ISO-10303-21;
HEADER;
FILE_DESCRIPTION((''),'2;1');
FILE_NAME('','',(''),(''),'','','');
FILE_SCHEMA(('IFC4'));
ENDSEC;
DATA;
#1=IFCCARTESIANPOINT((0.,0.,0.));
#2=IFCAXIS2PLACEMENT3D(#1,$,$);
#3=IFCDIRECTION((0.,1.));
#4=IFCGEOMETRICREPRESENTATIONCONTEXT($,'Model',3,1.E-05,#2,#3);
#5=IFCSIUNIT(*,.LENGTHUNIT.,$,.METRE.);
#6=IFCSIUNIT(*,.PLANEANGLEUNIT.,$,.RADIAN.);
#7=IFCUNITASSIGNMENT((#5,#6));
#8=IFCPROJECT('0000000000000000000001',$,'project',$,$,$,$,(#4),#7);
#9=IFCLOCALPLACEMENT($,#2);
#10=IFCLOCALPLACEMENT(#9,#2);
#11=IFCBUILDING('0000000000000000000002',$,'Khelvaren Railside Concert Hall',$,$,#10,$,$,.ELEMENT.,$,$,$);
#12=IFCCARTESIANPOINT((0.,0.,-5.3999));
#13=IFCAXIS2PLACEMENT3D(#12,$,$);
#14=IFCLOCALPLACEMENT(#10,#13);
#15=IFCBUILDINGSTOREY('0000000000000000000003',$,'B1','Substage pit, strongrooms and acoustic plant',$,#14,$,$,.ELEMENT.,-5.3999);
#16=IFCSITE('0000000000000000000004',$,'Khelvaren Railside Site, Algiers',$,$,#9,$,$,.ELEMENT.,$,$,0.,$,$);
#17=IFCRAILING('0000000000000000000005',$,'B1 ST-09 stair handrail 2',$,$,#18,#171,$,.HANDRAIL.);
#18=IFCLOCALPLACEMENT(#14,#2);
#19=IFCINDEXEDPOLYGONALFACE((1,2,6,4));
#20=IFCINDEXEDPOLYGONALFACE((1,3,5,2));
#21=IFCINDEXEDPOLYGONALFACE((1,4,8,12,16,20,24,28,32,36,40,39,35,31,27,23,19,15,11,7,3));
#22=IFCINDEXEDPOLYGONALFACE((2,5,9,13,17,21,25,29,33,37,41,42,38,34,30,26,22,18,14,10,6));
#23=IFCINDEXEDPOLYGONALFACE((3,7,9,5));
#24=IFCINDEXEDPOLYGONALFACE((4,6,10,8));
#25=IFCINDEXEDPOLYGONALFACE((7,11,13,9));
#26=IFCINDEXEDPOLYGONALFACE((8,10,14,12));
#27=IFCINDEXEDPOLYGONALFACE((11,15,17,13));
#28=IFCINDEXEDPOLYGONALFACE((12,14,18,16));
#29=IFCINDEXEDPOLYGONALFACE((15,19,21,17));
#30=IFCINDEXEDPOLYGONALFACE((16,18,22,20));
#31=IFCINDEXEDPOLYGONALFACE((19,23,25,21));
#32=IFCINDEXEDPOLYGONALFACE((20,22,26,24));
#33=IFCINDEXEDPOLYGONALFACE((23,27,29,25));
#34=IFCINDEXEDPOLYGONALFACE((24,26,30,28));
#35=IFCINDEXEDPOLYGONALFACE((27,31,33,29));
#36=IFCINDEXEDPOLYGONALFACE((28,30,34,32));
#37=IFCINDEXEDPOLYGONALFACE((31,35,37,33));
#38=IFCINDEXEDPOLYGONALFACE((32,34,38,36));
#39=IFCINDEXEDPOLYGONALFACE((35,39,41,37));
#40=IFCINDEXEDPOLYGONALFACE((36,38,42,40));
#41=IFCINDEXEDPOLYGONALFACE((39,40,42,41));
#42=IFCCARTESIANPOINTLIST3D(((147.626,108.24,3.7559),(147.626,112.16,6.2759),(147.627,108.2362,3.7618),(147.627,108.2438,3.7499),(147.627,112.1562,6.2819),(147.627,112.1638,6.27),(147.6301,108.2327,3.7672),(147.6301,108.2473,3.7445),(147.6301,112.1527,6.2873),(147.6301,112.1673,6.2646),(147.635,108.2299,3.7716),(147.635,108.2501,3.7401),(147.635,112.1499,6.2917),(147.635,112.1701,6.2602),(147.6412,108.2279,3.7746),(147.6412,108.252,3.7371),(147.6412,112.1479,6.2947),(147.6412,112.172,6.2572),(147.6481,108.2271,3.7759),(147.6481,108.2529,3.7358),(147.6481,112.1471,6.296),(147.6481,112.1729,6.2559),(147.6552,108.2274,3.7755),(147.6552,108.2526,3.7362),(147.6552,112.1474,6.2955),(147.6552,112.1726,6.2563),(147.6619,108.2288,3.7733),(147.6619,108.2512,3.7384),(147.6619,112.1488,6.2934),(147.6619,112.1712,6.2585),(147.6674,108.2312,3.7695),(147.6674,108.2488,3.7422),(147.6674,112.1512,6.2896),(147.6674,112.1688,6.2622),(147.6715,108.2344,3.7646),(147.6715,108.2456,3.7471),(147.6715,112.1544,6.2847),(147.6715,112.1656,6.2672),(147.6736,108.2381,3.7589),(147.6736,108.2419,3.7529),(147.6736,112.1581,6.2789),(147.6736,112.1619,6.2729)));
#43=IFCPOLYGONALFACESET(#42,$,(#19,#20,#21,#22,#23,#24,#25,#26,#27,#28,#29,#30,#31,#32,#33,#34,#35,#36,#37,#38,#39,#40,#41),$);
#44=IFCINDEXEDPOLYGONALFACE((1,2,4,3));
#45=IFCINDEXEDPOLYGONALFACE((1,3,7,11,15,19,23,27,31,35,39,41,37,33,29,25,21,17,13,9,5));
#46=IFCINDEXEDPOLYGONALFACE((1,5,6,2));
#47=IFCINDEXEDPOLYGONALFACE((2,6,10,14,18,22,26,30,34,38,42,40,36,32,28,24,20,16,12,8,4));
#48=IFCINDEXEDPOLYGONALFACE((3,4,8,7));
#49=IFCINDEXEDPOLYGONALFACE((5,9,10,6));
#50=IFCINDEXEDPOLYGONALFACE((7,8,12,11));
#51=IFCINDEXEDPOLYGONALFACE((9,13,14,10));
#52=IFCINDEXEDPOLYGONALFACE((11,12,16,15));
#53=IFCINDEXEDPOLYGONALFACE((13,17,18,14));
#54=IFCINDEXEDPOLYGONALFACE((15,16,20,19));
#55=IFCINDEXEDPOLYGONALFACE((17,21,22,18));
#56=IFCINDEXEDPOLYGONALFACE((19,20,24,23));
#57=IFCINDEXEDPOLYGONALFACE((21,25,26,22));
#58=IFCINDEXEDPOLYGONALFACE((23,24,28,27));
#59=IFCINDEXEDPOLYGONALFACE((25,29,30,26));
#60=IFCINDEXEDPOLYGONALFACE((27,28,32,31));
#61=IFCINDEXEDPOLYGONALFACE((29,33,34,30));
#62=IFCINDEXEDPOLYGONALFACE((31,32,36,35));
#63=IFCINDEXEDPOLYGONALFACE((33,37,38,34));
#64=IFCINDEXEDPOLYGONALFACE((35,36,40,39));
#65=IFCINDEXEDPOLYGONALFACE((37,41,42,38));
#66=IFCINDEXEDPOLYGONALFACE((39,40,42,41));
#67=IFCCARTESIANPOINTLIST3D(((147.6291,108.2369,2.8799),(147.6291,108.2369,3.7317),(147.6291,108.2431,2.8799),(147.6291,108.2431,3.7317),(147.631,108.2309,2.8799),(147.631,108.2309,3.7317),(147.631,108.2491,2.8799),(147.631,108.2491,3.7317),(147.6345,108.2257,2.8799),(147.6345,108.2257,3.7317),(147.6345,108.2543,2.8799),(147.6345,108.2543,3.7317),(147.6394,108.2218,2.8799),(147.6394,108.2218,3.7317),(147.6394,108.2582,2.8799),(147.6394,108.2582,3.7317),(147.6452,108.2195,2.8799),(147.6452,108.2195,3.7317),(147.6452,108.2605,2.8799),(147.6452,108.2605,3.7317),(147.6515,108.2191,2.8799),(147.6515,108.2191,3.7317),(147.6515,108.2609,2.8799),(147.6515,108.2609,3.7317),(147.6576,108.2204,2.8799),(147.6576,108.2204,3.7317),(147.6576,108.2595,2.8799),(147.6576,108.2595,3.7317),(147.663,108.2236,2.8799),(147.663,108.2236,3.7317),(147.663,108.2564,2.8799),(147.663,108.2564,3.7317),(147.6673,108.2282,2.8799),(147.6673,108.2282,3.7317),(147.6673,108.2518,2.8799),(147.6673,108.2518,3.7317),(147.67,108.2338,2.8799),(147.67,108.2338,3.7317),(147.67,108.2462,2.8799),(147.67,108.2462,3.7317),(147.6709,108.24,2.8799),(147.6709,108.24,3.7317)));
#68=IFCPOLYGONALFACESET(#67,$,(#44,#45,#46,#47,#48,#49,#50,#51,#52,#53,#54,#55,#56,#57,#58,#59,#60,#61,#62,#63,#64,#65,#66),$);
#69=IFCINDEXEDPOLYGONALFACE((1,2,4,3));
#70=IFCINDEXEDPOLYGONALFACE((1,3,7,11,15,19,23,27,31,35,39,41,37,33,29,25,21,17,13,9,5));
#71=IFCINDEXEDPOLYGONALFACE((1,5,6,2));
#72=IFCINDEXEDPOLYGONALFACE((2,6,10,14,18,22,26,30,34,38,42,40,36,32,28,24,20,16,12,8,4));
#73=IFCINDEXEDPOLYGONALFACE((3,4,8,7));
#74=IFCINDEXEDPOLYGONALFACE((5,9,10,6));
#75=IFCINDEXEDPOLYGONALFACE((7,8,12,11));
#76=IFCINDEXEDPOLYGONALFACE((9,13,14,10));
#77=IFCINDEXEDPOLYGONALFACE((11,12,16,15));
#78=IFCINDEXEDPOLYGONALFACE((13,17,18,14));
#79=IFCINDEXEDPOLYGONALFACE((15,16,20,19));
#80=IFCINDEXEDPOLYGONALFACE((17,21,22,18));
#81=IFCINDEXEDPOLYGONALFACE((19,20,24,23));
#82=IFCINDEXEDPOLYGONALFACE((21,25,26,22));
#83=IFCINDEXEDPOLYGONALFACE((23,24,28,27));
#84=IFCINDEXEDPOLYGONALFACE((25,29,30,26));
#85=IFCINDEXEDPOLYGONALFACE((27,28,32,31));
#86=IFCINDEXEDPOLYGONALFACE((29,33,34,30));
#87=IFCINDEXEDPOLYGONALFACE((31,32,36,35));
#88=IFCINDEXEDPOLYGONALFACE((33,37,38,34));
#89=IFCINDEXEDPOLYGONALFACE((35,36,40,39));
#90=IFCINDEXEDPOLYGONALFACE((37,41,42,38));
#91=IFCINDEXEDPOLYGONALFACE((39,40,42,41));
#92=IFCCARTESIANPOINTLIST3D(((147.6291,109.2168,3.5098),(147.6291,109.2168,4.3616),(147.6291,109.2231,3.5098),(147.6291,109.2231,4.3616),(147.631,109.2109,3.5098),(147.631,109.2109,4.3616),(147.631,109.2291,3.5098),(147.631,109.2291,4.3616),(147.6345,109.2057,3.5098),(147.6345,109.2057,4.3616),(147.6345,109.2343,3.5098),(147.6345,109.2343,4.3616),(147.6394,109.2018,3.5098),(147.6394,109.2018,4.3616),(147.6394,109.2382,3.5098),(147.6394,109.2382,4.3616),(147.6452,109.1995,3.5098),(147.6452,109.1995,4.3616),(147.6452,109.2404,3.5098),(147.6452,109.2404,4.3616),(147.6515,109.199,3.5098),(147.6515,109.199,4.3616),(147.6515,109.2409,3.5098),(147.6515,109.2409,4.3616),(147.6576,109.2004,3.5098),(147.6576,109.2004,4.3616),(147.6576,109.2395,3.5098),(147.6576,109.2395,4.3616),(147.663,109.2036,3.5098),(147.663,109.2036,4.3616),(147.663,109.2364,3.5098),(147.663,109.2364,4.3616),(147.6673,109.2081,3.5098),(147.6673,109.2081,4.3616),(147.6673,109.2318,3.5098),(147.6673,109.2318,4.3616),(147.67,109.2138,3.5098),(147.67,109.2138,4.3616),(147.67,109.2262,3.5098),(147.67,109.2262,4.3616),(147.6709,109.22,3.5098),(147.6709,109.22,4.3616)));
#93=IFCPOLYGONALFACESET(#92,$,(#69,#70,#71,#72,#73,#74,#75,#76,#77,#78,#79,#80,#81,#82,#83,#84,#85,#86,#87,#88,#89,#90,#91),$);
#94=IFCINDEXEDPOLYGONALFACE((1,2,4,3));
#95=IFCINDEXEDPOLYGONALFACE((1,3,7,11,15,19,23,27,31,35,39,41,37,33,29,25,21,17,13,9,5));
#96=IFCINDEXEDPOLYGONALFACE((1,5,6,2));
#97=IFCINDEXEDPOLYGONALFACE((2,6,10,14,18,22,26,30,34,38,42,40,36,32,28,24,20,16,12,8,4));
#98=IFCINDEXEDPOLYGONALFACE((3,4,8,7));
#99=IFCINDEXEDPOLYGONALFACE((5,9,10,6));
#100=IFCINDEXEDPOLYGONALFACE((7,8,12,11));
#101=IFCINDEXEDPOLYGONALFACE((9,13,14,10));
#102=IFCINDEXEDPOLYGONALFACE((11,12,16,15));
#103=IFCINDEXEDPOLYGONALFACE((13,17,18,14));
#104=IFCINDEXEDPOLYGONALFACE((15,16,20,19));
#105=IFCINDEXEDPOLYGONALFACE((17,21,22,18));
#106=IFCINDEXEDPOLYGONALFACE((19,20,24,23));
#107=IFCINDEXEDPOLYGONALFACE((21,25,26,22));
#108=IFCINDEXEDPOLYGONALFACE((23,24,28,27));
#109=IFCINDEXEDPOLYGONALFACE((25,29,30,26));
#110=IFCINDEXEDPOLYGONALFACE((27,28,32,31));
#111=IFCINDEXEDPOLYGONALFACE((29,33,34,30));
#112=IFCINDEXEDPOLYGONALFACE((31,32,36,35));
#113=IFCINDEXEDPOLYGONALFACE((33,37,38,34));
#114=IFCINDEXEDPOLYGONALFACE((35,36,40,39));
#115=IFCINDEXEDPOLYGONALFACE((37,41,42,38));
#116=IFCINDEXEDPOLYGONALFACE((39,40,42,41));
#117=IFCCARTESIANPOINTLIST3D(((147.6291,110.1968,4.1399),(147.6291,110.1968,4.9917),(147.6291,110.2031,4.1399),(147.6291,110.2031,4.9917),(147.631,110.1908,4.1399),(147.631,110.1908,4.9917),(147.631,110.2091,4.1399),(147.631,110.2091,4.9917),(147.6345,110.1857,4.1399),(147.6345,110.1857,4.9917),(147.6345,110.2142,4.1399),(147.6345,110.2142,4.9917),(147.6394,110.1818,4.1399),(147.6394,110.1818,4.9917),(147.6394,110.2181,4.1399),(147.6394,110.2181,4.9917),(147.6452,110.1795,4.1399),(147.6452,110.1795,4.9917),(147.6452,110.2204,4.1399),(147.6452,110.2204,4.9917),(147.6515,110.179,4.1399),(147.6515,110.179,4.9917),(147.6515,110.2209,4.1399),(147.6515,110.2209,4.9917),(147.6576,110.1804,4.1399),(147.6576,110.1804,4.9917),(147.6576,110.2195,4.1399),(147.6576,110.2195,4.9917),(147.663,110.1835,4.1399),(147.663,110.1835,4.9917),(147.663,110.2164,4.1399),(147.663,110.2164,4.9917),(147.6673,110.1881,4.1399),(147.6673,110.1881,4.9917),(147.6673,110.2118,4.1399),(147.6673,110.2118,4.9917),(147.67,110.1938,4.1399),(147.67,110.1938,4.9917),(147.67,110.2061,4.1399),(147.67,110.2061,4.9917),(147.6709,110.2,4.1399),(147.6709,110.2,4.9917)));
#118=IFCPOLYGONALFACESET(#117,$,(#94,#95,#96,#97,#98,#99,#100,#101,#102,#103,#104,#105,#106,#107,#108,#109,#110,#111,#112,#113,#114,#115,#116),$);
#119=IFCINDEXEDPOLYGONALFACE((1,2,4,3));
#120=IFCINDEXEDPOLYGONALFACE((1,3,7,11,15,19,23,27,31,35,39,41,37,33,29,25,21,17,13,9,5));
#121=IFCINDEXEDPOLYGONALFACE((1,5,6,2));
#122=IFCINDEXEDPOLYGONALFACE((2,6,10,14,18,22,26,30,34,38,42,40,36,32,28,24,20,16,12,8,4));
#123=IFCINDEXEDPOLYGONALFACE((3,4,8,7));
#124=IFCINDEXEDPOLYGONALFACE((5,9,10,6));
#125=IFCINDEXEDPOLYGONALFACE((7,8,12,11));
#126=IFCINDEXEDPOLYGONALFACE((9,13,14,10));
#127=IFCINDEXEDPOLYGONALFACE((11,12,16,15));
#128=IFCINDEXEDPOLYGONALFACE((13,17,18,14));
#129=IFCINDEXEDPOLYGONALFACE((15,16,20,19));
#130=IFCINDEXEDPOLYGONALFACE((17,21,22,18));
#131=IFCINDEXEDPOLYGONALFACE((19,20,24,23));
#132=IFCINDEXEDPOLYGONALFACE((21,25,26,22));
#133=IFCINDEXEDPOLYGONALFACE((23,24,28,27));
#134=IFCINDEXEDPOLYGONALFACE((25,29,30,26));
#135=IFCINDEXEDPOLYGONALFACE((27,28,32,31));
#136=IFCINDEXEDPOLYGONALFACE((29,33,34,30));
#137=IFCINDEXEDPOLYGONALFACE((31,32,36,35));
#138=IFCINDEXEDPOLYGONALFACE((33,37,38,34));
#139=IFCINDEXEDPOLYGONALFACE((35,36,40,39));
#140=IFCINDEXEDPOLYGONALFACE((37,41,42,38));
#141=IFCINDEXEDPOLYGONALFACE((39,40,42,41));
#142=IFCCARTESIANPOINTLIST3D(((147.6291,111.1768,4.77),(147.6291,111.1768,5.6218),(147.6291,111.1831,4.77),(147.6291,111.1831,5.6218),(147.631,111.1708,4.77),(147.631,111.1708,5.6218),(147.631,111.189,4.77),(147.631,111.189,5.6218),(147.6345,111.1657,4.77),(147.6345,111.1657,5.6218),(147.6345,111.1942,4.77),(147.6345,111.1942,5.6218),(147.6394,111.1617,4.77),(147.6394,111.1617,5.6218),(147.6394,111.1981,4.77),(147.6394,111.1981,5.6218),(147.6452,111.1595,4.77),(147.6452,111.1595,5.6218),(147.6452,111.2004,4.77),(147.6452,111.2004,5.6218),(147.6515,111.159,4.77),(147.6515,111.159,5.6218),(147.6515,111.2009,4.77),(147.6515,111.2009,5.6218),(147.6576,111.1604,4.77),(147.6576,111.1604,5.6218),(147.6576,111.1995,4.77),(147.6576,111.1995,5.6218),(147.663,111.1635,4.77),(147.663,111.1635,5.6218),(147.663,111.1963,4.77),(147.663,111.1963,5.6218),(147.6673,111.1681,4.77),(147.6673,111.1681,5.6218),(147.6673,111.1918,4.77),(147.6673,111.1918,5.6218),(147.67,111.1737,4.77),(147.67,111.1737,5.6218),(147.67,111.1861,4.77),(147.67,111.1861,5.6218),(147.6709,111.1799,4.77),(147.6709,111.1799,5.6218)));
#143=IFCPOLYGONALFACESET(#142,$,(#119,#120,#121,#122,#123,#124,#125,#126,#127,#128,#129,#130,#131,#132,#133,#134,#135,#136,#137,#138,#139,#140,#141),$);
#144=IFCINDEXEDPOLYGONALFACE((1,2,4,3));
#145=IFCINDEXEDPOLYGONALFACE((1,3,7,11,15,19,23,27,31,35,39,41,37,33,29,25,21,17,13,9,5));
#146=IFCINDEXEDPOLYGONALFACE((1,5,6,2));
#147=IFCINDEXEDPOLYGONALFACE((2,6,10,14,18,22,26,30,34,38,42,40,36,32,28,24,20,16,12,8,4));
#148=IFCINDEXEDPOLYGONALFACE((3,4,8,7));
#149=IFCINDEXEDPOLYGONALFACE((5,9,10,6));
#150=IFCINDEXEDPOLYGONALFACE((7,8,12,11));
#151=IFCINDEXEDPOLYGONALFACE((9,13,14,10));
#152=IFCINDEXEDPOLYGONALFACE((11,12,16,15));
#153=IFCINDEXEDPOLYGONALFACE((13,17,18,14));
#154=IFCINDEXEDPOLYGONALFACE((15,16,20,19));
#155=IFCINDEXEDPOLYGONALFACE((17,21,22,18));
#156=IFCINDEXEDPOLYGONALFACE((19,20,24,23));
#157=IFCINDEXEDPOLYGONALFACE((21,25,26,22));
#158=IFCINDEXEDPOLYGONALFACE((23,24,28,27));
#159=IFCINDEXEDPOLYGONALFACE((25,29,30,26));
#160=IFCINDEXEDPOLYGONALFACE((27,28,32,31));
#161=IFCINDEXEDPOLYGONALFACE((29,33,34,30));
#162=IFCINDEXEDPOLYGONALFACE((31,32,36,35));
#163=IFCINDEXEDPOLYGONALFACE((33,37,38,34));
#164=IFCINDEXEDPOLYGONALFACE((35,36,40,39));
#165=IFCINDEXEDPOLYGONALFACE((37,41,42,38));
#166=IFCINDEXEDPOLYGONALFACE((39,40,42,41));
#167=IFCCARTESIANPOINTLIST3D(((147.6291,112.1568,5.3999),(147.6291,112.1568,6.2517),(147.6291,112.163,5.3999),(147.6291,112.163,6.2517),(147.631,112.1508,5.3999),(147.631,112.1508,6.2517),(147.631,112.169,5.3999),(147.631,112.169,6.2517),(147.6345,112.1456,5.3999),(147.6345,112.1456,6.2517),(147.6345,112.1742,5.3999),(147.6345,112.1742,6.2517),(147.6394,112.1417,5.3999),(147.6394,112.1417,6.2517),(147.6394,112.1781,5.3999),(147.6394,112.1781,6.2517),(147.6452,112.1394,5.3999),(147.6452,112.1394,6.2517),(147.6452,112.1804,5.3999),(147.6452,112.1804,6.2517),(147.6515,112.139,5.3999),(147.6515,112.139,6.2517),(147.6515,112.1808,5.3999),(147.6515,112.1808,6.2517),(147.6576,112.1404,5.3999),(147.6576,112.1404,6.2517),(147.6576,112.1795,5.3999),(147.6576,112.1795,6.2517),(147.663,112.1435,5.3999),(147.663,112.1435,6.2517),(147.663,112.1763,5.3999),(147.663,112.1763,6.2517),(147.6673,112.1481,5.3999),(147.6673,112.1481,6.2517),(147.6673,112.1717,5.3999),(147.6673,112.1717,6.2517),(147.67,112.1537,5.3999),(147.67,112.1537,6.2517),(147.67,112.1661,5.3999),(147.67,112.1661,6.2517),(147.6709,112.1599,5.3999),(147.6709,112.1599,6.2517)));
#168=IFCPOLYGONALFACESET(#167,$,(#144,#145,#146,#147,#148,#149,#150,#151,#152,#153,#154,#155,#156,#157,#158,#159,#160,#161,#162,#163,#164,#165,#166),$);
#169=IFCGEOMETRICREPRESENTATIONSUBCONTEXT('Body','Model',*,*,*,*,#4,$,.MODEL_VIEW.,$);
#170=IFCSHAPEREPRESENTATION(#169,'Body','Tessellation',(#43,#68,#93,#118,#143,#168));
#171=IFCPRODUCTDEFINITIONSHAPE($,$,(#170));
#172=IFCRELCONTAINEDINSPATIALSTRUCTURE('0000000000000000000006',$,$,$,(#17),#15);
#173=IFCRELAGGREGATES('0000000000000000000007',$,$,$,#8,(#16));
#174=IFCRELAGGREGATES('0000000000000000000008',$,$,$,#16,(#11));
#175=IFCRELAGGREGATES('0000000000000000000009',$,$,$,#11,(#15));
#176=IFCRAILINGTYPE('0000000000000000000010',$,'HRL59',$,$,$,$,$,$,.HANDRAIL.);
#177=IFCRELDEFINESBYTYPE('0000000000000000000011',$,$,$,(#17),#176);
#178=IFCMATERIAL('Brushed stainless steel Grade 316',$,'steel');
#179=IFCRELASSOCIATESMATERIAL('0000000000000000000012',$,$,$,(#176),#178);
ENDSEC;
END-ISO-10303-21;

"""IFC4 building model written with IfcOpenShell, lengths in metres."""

from ifc_helpers import new_model, si_unit, direction, frame, origin, origin_2d, place, context, subcontext, project, spatial, circle, extrude, material, type_object, element, save


model = new_model("IFC4")

# Units and contexts
model_context = context("Model", 3, precision=1e-05, world=origin(), true_north=direction((0.0, 1.0)))
body_context = subcontext(model_context, "Body", "Model", "MODEL_VIEW")
ifc_project = project(units=[si_unit("LENGTHUNIT", "METRE"), si_unit("PLANEANGLEUNIT", "RADIAN")], contexts=[model_context])

# Site, building, storey
site_placement = place(None, origin())
site = spatial("IfcSite", under=ifc_project, at=site_placement, Name="Khelvaren Railside Site, Algiers", CompositionType="ELEMENT", RefElevation=0.0)
building_placement = place(site_placement, origin())
building = spatial("IfcBuilding", under=site, at=building_placement, Name="Khelvaren Railside Concert Hall", CompositionType="ELEMENT")
storey_placement = place(building_placement, frame((0.0, 0.0, -5.3999)))
storey = spatial("IfcBuildingStorey", under=building, at=storey_placement, Name="B1", Description="Substage pit, strongrooms and acoustic plant", CompositionType="ELEMENT", Elevation=-5.3999)

# Railing
ifc_material_1 = material(Name="Brushed stainless steel Grade 316", Category="steel")
railing_type_1 = type_object("IfcRailingType", Name="HRL59", PredefinedType="HANDRAIL", material=ifc_material_1)
railing_1_placement = place(storey_placement, frame((147.6499, 108.24, 2.8799)))
element("IfcRailing", 1, at=railing_1_placement, inside=storey, type_object=railing_type_1, Name="B1 ST-09 stair handrail 2", PredefinedType="HANDRAIL", context=body_context, shape_type="SweptSolid", body=[
    extrude(circle(Radius=0.0239, at=origin_2d()), frame((0.0, 0.0, 0.876), z_axis=(0.0, 0.841172, 0.540768), x_axis=(-1.0, 0.0, 0.0)), (0.0, 0.0, 1.0), 4.6602),
    extrude(circle(Radius=0.021, at=origin_2d()), origin(), (0.0, 0.0, 1.0), 0.8518),
    extrude(circle(Radius=0.021, at=origin_2d()), frame((0.0, 0.98, 0.6299)), (0.0, 0.0, 1.0), 0.8518),
    extrude(circle(Radius=0.021, at=origin_2d()), frame((0.0, 1.96, 1.26)), (0.0, 0.0, 1.0), 0.8518),
    extrude(circle(Radius=0.021, at=origin_2d()), frame((0.0, 2.9399, 1.8901)), (0.0, 0.0, 1.0), 0.8518),
    extrude(circle(Radius=0.021, at=origin_2d()), frame((0.0, 3.9199, 2.52)), (0.0, 0.0, 1.0), 0.8518),
])

save(model, "model.ifc")
